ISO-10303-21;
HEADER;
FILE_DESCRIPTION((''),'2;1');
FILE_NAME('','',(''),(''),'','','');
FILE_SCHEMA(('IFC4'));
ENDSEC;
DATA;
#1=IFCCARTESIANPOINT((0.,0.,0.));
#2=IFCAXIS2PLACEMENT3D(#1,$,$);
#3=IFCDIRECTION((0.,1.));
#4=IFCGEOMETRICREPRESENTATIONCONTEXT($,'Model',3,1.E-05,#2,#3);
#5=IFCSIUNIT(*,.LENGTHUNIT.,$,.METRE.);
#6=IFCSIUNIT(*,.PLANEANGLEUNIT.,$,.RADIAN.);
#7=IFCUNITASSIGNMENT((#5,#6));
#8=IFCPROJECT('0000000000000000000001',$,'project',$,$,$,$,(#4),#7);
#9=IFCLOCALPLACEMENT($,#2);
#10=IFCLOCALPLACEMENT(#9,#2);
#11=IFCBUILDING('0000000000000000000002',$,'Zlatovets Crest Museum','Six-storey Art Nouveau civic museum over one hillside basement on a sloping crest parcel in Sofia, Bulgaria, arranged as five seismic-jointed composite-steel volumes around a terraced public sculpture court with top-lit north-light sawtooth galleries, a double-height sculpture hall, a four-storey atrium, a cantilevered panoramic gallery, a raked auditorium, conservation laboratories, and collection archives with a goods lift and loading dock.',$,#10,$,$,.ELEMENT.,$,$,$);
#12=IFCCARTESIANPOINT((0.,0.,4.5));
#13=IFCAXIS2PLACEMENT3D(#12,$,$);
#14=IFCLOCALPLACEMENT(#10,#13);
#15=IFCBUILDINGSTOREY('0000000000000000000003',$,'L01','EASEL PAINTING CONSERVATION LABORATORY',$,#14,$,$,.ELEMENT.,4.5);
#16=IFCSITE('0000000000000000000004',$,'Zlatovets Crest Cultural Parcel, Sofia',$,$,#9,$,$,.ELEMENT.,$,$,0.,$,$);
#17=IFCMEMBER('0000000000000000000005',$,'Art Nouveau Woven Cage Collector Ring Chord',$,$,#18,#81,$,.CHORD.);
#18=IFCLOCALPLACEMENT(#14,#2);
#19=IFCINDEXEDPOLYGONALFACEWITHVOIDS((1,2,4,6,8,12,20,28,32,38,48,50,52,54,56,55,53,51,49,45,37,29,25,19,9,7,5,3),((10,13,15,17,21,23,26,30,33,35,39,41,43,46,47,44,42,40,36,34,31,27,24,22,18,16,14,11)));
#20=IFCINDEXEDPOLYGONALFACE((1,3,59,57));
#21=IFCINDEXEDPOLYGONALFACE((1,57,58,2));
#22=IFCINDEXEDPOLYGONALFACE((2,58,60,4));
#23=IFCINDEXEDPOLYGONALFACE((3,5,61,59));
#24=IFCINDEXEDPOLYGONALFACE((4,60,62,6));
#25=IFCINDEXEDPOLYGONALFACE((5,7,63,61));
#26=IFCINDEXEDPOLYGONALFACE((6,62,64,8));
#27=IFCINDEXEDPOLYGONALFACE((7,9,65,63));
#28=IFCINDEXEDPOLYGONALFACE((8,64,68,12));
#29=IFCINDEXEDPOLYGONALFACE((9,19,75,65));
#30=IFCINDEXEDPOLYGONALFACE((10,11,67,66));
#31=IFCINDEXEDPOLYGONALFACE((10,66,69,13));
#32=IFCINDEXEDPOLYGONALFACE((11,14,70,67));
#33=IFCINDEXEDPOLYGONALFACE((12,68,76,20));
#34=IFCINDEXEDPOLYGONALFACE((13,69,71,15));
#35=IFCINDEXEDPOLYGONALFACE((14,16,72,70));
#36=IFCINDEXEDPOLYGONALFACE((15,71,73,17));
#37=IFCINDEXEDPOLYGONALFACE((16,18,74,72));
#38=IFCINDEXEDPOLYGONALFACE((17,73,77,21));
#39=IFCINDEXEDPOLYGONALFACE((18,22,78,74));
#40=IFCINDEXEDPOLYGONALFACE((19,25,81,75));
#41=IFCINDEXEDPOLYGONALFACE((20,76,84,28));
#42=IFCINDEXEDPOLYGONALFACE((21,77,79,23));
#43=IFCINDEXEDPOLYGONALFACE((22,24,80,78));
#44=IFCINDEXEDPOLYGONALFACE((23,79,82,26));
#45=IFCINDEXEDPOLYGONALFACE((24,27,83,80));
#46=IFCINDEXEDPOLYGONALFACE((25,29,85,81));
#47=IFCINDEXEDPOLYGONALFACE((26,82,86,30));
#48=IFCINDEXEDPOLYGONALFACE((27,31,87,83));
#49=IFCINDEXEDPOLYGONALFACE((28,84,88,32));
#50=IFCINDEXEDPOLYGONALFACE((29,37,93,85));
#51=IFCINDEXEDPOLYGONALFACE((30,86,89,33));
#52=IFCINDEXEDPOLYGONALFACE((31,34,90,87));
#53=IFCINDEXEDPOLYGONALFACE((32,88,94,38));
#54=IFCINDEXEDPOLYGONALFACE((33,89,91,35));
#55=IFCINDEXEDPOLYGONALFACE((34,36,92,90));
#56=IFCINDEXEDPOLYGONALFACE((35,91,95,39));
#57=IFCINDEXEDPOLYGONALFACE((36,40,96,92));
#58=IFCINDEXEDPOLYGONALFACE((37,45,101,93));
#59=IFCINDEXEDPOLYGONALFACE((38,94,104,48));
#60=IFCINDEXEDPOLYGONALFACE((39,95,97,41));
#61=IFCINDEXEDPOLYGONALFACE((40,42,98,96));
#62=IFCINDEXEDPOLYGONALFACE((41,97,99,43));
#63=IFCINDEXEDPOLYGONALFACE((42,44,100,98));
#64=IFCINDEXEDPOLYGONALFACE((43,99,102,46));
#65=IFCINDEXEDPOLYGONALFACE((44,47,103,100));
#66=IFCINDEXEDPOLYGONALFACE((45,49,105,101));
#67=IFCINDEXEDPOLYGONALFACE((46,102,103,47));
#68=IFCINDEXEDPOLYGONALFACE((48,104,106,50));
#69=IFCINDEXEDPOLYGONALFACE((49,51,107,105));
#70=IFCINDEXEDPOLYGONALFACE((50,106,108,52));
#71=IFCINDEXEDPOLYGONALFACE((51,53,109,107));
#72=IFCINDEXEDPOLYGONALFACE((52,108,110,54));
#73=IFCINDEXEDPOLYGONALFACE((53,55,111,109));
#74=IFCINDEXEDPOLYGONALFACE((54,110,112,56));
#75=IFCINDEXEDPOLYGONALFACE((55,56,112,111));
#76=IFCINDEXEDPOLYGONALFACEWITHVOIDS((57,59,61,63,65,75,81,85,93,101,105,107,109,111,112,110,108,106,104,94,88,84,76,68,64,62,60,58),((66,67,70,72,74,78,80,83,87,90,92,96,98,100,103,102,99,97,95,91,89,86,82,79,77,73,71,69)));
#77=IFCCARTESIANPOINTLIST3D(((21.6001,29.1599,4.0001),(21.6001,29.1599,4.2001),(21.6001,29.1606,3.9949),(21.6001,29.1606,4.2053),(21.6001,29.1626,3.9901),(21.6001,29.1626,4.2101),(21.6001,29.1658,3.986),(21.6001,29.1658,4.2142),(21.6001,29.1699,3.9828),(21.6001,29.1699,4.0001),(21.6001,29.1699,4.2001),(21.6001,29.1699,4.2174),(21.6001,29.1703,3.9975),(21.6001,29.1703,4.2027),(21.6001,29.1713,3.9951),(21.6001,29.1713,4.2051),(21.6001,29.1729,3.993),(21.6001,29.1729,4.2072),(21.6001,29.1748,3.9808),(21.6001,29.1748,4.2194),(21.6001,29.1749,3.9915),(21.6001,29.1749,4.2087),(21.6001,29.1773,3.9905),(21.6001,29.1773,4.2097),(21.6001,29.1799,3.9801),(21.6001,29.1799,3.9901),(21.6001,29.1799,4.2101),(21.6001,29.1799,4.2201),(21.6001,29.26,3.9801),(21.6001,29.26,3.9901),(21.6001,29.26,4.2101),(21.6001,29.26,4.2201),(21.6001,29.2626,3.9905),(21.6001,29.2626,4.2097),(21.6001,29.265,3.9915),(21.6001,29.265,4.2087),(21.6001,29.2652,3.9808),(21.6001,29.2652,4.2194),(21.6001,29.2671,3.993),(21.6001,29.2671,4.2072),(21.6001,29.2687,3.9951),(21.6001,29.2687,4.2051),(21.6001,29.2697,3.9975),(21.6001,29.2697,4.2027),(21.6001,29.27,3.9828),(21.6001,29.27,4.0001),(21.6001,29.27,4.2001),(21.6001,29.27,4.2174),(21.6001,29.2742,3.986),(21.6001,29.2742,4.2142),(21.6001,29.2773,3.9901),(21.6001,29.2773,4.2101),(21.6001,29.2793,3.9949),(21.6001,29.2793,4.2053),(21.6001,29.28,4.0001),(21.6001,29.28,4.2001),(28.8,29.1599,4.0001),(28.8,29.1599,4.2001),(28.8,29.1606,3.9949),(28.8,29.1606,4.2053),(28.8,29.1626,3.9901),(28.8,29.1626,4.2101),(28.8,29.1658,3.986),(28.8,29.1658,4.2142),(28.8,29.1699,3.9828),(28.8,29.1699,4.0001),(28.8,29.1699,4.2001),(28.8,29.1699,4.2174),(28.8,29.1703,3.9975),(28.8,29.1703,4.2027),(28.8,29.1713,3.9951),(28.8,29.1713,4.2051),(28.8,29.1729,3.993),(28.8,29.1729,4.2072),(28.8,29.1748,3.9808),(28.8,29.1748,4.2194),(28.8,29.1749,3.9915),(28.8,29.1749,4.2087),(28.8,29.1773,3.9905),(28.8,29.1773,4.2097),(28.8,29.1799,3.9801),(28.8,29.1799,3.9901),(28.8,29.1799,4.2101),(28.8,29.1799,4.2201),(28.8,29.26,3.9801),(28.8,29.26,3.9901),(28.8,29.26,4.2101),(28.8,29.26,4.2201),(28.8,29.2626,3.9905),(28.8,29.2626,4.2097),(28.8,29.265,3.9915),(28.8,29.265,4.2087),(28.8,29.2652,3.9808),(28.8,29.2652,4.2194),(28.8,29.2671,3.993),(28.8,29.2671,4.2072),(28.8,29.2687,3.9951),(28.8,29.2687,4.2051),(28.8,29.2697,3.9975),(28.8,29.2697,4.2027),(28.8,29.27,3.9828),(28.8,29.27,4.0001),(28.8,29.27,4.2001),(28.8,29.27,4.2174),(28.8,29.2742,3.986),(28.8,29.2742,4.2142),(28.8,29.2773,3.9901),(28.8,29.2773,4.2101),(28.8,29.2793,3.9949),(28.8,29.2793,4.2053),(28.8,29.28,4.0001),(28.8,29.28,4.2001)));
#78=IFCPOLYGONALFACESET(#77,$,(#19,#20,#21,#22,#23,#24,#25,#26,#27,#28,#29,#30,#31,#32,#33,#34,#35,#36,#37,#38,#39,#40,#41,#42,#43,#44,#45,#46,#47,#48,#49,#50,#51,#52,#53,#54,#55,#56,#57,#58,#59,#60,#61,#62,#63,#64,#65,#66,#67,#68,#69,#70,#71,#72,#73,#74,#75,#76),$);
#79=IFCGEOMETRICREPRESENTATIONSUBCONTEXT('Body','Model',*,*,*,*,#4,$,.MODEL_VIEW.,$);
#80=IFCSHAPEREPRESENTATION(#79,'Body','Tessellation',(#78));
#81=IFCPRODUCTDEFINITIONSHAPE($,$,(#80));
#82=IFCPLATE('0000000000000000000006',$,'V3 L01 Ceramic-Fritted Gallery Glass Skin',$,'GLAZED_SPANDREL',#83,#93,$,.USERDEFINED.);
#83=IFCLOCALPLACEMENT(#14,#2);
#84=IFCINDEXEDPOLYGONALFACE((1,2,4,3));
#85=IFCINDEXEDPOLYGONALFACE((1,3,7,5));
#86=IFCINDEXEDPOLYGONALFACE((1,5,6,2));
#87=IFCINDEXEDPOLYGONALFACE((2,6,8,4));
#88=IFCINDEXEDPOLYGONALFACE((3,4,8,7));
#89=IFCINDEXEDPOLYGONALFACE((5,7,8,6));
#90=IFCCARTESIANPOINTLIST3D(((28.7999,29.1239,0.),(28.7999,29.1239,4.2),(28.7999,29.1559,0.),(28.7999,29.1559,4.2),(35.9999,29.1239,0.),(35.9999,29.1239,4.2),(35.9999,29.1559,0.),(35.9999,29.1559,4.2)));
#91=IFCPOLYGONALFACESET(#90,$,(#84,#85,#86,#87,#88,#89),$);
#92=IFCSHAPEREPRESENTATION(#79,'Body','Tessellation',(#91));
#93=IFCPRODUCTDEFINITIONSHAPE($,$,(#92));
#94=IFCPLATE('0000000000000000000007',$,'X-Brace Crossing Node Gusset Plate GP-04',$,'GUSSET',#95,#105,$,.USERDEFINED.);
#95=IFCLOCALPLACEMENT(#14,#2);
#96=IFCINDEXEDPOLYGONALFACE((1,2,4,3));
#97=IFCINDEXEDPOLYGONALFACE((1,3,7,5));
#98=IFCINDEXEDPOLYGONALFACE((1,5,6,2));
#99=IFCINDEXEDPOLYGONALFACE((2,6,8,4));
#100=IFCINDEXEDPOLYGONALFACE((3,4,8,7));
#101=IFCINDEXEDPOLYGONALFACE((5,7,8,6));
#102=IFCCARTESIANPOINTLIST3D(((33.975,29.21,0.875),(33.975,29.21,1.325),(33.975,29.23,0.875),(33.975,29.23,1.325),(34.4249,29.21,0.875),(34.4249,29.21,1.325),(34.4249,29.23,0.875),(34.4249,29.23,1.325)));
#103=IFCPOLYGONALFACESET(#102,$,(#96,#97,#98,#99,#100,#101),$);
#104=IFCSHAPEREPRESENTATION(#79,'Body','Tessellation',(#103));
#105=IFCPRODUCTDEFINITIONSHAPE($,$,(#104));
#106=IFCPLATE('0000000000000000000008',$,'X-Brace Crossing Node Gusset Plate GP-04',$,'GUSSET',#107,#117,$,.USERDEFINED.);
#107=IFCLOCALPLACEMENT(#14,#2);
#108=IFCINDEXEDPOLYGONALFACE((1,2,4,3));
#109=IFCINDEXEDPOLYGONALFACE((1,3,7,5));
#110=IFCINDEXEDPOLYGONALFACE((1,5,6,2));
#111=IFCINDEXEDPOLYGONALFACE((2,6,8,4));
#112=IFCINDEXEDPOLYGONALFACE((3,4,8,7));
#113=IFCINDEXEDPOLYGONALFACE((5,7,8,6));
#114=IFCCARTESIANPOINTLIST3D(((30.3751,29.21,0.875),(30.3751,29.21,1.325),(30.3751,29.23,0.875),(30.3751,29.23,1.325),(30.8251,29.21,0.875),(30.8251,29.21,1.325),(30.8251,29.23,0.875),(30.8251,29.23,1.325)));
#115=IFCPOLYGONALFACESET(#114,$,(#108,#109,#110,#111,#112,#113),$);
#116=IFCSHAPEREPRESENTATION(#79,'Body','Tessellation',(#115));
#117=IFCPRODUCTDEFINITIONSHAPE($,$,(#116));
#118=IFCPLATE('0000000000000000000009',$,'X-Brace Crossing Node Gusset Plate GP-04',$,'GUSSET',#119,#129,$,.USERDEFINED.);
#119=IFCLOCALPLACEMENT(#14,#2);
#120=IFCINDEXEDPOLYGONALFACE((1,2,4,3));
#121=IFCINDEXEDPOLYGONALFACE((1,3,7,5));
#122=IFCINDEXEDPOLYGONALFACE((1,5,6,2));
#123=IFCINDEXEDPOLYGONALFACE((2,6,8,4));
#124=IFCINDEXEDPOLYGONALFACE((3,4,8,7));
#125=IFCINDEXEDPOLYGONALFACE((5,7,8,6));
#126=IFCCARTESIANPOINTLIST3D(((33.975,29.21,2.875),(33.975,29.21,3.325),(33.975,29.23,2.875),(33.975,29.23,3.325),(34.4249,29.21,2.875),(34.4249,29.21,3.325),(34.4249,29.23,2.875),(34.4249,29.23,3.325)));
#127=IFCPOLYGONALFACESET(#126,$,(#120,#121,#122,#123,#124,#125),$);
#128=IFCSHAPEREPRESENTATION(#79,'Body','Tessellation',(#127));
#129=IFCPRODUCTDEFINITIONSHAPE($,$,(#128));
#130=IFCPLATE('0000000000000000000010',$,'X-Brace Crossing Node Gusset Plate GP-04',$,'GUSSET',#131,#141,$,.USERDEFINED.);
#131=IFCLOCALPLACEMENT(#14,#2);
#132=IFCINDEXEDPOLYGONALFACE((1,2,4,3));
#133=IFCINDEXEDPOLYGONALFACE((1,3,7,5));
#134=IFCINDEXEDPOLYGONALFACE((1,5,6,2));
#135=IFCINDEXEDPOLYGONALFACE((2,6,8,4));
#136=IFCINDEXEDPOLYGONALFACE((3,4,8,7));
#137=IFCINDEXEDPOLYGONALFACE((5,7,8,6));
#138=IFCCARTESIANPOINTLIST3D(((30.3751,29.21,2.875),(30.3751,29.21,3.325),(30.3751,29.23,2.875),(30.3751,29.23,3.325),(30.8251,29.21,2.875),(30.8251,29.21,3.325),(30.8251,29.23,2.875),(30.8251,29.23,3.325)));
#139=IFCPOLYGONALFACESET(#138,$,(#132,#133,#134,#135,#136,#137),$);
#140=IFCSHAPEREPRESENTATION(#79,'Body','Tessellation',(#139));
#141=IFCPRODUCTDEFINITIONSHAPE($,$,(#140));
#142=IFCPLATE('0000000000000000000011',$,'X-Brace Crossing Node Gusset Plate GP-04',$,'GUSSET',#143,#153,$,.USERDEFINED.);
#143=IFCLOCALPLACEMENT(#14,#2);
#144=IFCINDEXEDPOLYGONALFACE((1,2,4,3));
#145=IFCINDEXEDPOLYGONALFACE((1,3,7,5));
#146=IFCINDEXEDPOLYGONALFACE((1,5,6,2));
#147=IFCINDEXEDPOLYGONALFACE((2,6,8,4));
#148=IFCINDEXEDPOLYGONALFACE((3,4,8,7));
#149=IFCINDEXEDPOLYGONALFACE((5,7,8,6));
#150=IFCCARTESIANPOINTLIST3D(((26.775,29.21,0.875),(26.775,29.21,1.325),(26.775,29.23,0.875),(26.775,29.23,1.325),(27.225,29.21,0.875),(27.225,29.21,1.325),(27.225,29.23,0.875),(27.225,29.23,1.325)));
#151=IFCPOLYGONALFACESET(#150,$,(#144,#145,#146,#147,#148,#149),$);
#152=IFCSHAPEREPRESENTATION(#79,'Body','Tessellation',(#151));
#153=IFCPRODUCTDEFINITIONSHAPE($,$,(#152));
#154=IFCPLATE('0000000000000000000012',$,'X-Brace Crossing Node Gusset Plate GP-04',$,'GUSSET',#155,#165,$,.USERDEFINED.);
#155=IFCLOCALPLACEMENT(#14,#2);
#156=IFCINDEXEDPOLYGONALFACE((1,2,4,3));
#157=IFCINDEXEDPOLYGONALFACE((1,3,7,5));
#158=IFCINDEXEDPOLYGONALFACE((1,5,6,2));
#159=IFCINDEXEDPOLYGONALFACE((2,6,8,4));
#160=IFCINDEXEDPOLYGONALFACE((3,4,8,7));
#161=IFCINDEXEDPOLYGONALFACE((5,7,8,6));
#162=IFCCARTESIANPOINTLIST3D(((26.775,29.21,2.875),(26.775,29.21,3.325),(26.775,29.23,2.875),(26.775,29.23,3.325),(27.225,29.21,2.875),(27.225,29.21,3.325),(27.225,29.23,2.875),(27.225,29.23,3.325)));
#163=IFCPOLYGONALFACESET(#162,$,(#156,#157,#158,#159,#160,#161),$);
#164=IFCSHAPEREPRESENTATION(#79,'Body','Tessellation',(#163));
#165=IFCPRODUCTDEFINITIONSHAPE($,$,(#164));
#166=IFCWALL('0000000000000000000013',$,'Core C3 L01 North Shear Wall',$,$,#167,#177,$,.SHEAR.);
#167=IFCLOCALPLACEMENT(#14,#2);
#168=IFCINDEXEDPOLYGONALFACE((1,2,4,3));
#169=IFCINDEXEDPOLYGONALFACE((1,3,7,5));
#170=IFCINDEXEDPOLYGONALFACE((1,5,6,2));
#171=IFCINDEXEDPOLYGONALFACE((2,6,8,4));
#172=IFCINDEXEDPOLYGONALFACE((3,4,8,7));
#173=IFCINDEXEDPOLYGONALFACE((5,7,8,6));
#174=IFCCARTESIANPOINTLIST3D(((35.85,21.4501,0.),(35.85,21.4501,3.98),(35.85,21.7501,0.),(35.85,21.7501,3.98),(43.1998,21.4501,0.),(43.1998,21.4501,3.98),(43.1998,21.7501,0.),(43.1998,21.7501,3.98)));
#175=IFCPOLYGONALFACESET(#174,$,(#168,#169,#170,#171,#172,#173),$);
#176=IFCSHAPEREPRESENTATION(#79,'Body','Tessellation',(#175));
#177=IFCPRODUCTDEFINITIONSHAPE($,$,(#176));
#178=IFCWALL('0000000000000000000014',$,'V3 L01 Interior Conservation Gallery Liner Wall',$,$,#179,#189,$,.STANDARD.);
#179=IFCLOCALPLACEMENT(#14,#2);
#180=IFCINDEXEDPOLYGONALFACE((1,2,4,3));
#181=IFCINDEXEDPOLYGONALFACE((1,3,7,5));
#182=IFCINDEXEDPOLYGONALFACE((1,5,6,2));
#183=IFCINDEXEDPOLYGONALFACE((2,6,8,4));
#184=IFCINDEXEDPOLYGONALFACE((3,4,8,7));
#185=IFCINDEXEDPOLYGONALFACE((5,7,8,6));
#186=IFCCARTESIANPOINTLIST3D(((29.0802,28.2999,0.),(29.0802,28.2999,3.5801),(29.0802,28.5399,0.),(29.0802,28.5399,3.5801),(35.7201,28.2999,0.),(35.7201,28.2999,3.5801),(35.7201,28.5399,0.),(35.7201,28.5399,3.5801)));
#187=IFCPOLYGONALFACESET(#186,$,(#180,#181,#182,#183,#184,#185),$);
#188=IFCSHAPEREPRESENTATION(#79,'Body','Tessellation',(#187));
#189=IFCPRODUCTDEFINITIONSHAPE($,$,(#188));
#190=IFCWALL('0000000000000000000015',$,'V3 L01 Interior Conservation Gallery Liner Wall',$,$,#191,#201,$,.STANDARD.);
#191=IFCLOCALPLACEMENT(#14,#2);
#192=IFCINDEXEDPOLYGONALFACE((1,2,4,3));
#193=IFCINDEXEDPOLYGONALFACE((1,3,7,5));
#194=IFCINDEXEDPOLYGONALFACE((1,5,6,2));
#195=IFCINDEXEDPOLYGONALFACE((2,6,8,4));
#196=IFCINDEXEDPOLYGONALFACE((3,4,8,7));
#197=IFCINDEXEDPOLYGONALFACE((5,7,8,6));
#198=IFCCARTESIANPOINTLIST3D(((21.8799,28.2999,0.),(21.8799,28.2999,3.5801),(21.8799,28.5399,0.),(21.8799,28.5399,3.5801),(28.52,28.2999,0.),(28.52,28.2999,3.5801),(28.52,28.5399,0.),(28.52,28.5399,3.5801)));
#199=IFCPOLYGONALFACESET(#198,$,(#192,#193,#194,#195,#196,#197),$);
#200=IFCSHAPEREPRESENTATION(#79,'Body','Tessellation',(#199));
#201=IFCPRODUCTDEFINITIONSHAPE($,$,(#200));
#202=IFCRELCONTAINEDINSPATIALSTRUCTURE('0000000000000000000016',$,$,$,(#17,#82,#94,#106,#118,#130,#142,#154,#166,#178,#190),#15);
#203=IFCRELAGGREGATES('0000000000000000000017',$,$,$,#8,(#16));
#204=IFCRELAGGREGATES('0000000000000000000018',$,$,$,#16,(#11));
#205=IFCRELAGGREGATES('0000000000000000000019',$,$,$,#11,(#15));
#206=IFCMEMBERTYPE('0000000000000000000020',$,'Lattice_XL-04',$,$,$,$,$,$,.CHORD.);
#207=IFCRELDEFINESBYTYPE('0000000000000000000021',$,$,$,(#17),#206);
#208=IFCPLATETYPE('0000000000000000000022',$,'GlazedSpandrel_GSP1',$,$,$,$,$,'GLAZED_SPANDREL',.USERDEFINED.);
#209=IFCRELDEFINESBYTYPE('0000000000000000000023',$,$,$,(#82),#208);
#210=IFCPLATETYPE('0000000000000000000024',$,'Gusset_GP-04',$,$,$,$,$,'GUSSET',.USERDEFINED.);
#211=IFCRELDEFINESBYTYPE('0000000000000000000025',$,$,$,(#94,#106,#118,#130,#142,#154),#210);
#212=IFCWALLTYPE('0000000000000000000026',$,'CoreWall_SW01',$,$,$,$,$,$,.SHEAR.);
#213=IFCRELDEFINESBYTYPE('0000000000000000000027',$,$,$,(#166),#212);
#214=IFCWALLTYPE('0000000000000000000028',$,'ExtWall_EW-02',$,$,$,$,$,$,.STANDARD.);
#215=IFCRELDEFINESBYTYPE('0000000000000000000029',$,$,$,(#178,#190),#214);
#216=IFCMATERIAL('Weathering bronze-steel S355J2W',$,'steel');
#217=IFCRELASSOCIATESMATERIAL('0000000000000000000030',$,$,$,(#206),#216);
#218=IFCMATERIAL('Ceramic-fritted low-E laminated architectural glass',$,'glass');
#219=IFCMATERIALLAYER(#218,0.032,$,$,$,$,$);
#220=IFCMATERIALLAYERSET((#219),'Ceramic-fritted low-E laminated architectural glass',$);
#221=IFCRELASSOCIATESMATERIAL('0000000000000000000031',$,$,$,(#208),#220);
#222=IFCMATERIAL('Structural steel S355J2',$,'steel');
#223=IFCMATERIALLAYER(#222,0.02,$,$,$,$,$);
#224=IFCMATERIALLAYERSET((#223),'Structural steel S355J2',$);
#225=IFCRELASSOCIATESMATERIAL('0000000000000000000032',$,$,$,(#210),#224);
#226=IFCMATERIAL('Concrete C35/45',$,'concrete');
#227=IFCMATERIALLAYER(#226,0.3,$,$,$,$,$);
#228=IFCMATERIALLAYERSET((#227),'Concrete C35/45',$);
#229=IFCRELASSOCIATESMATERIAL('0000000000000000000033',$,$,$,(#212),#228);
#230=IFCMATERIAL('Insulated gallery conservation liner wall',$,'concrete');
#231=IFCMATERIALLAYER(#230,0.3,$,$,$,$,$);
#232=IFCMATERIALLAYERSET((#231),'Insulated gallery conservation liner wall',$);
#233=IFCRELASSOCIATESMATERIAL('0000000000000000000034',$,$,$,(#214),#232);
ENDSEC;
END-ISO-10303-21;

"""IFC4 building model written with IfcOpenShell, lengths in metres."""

from ifc_helpers import new_model, si_unit, direction, frame, frame_2d, origin, origin_2d, place, context, subcontext, project, spatial, rectangle, hollow_rectangle, extrude, material, layer, layer_set, material_profile, profile_set, type_object, element, save


model = new_model("IFC4")

# Units and contexts
model_context = context("Model", 3, precision=1e-05, world=origin(), true_north=direction((0.0, 1.0)))
body_context = subcontext(model_context, "Body", "Model", "MODEL_VIEW")
ifc_project = project(units=[si_unit("LENGTHUNIT", "METRE"), si_unit("PLANEANGLEUNIT", "RADIAN")], contexts=[model_context])

# Site, building, storey
site_placement = place(None, origin())
site = spatial("IfcSite", under=ifc_project, at=site_placement, Name="Zlatovets Crest Cultural Parcel, Sofia", CompositionType="ELEMENT", RefElevation=0.0)
building_placement = place(site_placement, origin())
building = spatial("IfcBuilding", under=site, at=building_placement, Name="Zlatovets Crest Museum", Description="Six-storey Art Nouveau civic museum over one hillside basement on a sloping crest parcel in Sofia, Bulgaria, arranged as five seismic-jointed composite-steel volumes around a terraced public sculpture court with top-lit north-light sawtooth galleries, a double-height sculpture hall, a four-storey atrium, a cantilevered panoramic gallery, a raked auditorium, conservation laboratories, and collection archives with a goods lift and loading dock.", CompositionType="ELEMENT")
storey_placement = place(building_placement, frame((0.0, 0.0, 4.5)))
storey = spatial("IfcBuildingStorey", under=building, at=storey_placement, Name="L01", Description="EASEL PAINTING CONSERVATION LABORATORY", CompositionType="ELEMENT", Elevation=4.5)

# Shared definitions
ifc_material_1 = material(Name="Structural steel S355J2", Category="steel")

# Member
ifc_material_2 = material(Name="Weathering bronze-steel S355J2W", Category="steel")
ifc_material_profile_1 = material_profile(ifc_material_2, hollow_rectangle(XDim=0.1201, YDim=0.24, WallThickness=0.01, InnerFilletRadius=0.01, OuterFilletRadius=0.02, at=origin_2d()), Name="RHS 120x240x10.0")
ifc_profile_set_1 = profile_set([ifc_material_profile_1], Name="Weathering bronze-steel S355J2W")
member_type_1 = type_object("IfcMemberType", Name="Lattice_XL-04", PredefinedType="CHORD", material=ifc_profile_set_1)
member_1_placement = place(storey_placement, frame((28.8, 29.22, 4.1001), z_axis=(-1.0, 0.0, 0.0), x_axis=(0.0, -1.0, 0.0)))
element("IfcMember", 1, at=member_1_placement, inside=storey, type_object=member_type_1, Name="Art Nouveau Woven Cage Collector Ring Chord", PredefinedType="CHORD", context=body_context, shape_type="SweptSolid", body=[
    extrude(hollow_rectangle(XDim=0.1201, YDim=0.24, WallThickness=0.01, InnerFilletRadius=0.01, OuterFilletRadius=0.02, at=origin_2d()), origin(), (0.0, 0.0, 1.0), 7.2),
])

# Plates
ifc_material_3 = material(Name="Ceramic-fritted low-E laminated architectural glass", Category="glass")
ifc_layer_1 = layer(ifc_material_3, 0.032)
ifc_layer_set_1 = layer_set([ifc_layer_1], Name="Ceramic-fritted low-E laminated architectural glass")
plate_type_1 = type_object("IfcPlateType", Name="GlazedSpandrel_GSP1", ElementType="GLAZED_SPANDREL", PredefinedType="USERDEFINED", material=ifc_layer_set_1)
plate_placement = place(storey_placement, frame((32.3999, 29.1399, 0.0), z_axis=(0.0, 0.0, 1.0), x_axis=(1.0, 0.0, 0.0)))
element("IfcPlate", 2, at=plate_placement, inside=storey, type_object=plate_type_1, Name="V3 L01 Ceramic-Fritted Gallery Glass Skin", ObjectType="GLAZED_SPANDREL", PredefinedType="USERDEFINED", context=body_context, shape_type="SweptSolid", body=[
    extrude(rectangle(XDim=7.2, YDim=0.032, at=origin_2d()), origin(), (0.0, 0.0, 1.0), 4.2),
])
ifc_layer_2 = layer(ifc_material_1, 0.02)
ifc_layer_set_2 = layer_set([ifc_layer_2], Name="Structural steel S355J2")
plate_type_2 = type_object("IfcPlateType", Name="Gusset_GP-04", ElementType="GUSSET", PredefinedType="USERDEFINED", material=ifc_layer_set_2)
for number, where, z_axis, x_axis, name in (
    (3, (34.2, 29.22, 0.875), (0.0, 0.0, 1.0), (1.0, 0.0, 0.0), "X-Brace Crossing Node Gusset Plate GP-04"),
    (4, (30.6001, 29.22, 0.875), (0.0, 0.0, 1.0), (1.0, 0.0, 0.0), "X-Brace Crossing Node Gusset Plate GP-04"),
    (5, (34.2, 29.22, 2.875), (0.0, 0.0, 1.0), (1.0, 0.0, 0.0), "X-Brace Crossing Node Gusset Plate GP-04"),
    (6, (30.6001, 29.22, 2.875), (0.0, 0.0, 1.0), (1.0, 0.0, 0.0), "X-Brace Crossing Node Gusset Plate GP-04"),
    (7, (27.0, 29.22, 0.875), (0.0, 0.0, 1.0), (1.0, 0.0, 0.0), "X-Brace Crossing Node Gusset Plate GP-04"),
    (8, (27.0, 29.22, 2.875), (0.0, 0.0, 1.0), (1.0, 0.0, 0.0), "X-Brace Crossing Node Gusset Plate GP-04"),
):
    element("IfcPlate", number, at=place(storey_placement, frame(where, z_axis=z_axis, x_axis=x_axis)), inside=storey, type_object=plate_type_2, Name=name, ObjectType="GUSSET", PredefinedType="USERDEFINED", context=body_context, shape_type="SweptSolid", body=[
        extrude(rectangle(XDim=0.45, YDim=0.02, at=origin_2d()), origin(), (0.0, 0.0, 1.0), 0.45),
    ])

# Walls
ifc_material_4 = material(Name="Concrete C35/45", Category="concrete")
ifc_layer_3 = layer(ifc_material_4, 0.3)
ifc_layer_set_3 = layer_set([ifc_layer_3], Name="Concrete C35/45")
wall_type_1 = type_object("IfcWallType", Name="CoreWall_SW01", PredefinedType="SHEAR", material=ifc_layer_set_3)
wall_1_placement = place(storey_placement, frame((35.8501, 21.6001, 0.0), z_axis=(0.0, 0.0, 1.0), x_axis=(1.0, 0.0, 0.0)))
element("IfcWall", 9, at=wall_1_placement, inside=storey, type_object=wall_type_1, Name="Core C3 L01 North Shear Wall", PredefinedType="SHEAR", context=body_context, shape_type="SweptSolid", body=[
    extrude(rectangle(XDim=7.3499, YDim=0.3, at=frame_2d((3.6748, 0.0))), origin(), (0.0, 0.0, 1.0), 3.98),
])
ifc_material_5 = material(Name="Insulated gallery conservation liner wall", Category="concrete")
ifc_layer_4 = layer(ifc_material_5, 0.3)
ifc_layer_set_4 = layer_set([ifc_layer_4], Name="Insulated gallery conservation liner wall")
wall_type_2 = type_object("IfcWallType", Name="ExtWall_EW-02", PredefinedType="STANDARD", material=ifc_layer_set_4)
wall_2_placement = place(storey_placement, frame((35.72, 28.4199, 0.0), z_axis=(0.0, 0.0, 1.0), x_axis=(-1.0, 0.0, 0.0)))
element("IfcWall", 10, at=wall_2_placement, inside=storey, type_object=wall_type_2, Name="V3 L01 Interior Conservation Gallery Liner Wall", PredefinedType="STANDARD", context=body_context, shape_type="SweptSolid", body=[
    extrude(rectangle(XDim=6.6399, YDim=0.24, at=frame_2d((3.3198, 0.0))), origin(), (0.0, 0.0, 1.0), 3.5801),
])
wall_3_placement = place(storey_placement, frame((28.52, 28.4199, 0.0), z_axis=(0.0, 0.0, 1.0), x_axis=(-1.0, 0.0, 0.0)))
element("IfcWall", 11, at=wall_3_placement, inside=storey, type_object=wall_type_2, Name="V3 L01 Interior Conservation Gallery Liner Wall", PredefinedType="STANDARD", context=body_context, shape_type="SweptSolid", body=[
    extrude(rectangle(XDim=6.6401, YDim=0.24, at=frame_2d((3.3201, 0.0))), origin(), (0.0, 0.0, 1.0), 3.5801),
])

save(model, "model.ifc")
